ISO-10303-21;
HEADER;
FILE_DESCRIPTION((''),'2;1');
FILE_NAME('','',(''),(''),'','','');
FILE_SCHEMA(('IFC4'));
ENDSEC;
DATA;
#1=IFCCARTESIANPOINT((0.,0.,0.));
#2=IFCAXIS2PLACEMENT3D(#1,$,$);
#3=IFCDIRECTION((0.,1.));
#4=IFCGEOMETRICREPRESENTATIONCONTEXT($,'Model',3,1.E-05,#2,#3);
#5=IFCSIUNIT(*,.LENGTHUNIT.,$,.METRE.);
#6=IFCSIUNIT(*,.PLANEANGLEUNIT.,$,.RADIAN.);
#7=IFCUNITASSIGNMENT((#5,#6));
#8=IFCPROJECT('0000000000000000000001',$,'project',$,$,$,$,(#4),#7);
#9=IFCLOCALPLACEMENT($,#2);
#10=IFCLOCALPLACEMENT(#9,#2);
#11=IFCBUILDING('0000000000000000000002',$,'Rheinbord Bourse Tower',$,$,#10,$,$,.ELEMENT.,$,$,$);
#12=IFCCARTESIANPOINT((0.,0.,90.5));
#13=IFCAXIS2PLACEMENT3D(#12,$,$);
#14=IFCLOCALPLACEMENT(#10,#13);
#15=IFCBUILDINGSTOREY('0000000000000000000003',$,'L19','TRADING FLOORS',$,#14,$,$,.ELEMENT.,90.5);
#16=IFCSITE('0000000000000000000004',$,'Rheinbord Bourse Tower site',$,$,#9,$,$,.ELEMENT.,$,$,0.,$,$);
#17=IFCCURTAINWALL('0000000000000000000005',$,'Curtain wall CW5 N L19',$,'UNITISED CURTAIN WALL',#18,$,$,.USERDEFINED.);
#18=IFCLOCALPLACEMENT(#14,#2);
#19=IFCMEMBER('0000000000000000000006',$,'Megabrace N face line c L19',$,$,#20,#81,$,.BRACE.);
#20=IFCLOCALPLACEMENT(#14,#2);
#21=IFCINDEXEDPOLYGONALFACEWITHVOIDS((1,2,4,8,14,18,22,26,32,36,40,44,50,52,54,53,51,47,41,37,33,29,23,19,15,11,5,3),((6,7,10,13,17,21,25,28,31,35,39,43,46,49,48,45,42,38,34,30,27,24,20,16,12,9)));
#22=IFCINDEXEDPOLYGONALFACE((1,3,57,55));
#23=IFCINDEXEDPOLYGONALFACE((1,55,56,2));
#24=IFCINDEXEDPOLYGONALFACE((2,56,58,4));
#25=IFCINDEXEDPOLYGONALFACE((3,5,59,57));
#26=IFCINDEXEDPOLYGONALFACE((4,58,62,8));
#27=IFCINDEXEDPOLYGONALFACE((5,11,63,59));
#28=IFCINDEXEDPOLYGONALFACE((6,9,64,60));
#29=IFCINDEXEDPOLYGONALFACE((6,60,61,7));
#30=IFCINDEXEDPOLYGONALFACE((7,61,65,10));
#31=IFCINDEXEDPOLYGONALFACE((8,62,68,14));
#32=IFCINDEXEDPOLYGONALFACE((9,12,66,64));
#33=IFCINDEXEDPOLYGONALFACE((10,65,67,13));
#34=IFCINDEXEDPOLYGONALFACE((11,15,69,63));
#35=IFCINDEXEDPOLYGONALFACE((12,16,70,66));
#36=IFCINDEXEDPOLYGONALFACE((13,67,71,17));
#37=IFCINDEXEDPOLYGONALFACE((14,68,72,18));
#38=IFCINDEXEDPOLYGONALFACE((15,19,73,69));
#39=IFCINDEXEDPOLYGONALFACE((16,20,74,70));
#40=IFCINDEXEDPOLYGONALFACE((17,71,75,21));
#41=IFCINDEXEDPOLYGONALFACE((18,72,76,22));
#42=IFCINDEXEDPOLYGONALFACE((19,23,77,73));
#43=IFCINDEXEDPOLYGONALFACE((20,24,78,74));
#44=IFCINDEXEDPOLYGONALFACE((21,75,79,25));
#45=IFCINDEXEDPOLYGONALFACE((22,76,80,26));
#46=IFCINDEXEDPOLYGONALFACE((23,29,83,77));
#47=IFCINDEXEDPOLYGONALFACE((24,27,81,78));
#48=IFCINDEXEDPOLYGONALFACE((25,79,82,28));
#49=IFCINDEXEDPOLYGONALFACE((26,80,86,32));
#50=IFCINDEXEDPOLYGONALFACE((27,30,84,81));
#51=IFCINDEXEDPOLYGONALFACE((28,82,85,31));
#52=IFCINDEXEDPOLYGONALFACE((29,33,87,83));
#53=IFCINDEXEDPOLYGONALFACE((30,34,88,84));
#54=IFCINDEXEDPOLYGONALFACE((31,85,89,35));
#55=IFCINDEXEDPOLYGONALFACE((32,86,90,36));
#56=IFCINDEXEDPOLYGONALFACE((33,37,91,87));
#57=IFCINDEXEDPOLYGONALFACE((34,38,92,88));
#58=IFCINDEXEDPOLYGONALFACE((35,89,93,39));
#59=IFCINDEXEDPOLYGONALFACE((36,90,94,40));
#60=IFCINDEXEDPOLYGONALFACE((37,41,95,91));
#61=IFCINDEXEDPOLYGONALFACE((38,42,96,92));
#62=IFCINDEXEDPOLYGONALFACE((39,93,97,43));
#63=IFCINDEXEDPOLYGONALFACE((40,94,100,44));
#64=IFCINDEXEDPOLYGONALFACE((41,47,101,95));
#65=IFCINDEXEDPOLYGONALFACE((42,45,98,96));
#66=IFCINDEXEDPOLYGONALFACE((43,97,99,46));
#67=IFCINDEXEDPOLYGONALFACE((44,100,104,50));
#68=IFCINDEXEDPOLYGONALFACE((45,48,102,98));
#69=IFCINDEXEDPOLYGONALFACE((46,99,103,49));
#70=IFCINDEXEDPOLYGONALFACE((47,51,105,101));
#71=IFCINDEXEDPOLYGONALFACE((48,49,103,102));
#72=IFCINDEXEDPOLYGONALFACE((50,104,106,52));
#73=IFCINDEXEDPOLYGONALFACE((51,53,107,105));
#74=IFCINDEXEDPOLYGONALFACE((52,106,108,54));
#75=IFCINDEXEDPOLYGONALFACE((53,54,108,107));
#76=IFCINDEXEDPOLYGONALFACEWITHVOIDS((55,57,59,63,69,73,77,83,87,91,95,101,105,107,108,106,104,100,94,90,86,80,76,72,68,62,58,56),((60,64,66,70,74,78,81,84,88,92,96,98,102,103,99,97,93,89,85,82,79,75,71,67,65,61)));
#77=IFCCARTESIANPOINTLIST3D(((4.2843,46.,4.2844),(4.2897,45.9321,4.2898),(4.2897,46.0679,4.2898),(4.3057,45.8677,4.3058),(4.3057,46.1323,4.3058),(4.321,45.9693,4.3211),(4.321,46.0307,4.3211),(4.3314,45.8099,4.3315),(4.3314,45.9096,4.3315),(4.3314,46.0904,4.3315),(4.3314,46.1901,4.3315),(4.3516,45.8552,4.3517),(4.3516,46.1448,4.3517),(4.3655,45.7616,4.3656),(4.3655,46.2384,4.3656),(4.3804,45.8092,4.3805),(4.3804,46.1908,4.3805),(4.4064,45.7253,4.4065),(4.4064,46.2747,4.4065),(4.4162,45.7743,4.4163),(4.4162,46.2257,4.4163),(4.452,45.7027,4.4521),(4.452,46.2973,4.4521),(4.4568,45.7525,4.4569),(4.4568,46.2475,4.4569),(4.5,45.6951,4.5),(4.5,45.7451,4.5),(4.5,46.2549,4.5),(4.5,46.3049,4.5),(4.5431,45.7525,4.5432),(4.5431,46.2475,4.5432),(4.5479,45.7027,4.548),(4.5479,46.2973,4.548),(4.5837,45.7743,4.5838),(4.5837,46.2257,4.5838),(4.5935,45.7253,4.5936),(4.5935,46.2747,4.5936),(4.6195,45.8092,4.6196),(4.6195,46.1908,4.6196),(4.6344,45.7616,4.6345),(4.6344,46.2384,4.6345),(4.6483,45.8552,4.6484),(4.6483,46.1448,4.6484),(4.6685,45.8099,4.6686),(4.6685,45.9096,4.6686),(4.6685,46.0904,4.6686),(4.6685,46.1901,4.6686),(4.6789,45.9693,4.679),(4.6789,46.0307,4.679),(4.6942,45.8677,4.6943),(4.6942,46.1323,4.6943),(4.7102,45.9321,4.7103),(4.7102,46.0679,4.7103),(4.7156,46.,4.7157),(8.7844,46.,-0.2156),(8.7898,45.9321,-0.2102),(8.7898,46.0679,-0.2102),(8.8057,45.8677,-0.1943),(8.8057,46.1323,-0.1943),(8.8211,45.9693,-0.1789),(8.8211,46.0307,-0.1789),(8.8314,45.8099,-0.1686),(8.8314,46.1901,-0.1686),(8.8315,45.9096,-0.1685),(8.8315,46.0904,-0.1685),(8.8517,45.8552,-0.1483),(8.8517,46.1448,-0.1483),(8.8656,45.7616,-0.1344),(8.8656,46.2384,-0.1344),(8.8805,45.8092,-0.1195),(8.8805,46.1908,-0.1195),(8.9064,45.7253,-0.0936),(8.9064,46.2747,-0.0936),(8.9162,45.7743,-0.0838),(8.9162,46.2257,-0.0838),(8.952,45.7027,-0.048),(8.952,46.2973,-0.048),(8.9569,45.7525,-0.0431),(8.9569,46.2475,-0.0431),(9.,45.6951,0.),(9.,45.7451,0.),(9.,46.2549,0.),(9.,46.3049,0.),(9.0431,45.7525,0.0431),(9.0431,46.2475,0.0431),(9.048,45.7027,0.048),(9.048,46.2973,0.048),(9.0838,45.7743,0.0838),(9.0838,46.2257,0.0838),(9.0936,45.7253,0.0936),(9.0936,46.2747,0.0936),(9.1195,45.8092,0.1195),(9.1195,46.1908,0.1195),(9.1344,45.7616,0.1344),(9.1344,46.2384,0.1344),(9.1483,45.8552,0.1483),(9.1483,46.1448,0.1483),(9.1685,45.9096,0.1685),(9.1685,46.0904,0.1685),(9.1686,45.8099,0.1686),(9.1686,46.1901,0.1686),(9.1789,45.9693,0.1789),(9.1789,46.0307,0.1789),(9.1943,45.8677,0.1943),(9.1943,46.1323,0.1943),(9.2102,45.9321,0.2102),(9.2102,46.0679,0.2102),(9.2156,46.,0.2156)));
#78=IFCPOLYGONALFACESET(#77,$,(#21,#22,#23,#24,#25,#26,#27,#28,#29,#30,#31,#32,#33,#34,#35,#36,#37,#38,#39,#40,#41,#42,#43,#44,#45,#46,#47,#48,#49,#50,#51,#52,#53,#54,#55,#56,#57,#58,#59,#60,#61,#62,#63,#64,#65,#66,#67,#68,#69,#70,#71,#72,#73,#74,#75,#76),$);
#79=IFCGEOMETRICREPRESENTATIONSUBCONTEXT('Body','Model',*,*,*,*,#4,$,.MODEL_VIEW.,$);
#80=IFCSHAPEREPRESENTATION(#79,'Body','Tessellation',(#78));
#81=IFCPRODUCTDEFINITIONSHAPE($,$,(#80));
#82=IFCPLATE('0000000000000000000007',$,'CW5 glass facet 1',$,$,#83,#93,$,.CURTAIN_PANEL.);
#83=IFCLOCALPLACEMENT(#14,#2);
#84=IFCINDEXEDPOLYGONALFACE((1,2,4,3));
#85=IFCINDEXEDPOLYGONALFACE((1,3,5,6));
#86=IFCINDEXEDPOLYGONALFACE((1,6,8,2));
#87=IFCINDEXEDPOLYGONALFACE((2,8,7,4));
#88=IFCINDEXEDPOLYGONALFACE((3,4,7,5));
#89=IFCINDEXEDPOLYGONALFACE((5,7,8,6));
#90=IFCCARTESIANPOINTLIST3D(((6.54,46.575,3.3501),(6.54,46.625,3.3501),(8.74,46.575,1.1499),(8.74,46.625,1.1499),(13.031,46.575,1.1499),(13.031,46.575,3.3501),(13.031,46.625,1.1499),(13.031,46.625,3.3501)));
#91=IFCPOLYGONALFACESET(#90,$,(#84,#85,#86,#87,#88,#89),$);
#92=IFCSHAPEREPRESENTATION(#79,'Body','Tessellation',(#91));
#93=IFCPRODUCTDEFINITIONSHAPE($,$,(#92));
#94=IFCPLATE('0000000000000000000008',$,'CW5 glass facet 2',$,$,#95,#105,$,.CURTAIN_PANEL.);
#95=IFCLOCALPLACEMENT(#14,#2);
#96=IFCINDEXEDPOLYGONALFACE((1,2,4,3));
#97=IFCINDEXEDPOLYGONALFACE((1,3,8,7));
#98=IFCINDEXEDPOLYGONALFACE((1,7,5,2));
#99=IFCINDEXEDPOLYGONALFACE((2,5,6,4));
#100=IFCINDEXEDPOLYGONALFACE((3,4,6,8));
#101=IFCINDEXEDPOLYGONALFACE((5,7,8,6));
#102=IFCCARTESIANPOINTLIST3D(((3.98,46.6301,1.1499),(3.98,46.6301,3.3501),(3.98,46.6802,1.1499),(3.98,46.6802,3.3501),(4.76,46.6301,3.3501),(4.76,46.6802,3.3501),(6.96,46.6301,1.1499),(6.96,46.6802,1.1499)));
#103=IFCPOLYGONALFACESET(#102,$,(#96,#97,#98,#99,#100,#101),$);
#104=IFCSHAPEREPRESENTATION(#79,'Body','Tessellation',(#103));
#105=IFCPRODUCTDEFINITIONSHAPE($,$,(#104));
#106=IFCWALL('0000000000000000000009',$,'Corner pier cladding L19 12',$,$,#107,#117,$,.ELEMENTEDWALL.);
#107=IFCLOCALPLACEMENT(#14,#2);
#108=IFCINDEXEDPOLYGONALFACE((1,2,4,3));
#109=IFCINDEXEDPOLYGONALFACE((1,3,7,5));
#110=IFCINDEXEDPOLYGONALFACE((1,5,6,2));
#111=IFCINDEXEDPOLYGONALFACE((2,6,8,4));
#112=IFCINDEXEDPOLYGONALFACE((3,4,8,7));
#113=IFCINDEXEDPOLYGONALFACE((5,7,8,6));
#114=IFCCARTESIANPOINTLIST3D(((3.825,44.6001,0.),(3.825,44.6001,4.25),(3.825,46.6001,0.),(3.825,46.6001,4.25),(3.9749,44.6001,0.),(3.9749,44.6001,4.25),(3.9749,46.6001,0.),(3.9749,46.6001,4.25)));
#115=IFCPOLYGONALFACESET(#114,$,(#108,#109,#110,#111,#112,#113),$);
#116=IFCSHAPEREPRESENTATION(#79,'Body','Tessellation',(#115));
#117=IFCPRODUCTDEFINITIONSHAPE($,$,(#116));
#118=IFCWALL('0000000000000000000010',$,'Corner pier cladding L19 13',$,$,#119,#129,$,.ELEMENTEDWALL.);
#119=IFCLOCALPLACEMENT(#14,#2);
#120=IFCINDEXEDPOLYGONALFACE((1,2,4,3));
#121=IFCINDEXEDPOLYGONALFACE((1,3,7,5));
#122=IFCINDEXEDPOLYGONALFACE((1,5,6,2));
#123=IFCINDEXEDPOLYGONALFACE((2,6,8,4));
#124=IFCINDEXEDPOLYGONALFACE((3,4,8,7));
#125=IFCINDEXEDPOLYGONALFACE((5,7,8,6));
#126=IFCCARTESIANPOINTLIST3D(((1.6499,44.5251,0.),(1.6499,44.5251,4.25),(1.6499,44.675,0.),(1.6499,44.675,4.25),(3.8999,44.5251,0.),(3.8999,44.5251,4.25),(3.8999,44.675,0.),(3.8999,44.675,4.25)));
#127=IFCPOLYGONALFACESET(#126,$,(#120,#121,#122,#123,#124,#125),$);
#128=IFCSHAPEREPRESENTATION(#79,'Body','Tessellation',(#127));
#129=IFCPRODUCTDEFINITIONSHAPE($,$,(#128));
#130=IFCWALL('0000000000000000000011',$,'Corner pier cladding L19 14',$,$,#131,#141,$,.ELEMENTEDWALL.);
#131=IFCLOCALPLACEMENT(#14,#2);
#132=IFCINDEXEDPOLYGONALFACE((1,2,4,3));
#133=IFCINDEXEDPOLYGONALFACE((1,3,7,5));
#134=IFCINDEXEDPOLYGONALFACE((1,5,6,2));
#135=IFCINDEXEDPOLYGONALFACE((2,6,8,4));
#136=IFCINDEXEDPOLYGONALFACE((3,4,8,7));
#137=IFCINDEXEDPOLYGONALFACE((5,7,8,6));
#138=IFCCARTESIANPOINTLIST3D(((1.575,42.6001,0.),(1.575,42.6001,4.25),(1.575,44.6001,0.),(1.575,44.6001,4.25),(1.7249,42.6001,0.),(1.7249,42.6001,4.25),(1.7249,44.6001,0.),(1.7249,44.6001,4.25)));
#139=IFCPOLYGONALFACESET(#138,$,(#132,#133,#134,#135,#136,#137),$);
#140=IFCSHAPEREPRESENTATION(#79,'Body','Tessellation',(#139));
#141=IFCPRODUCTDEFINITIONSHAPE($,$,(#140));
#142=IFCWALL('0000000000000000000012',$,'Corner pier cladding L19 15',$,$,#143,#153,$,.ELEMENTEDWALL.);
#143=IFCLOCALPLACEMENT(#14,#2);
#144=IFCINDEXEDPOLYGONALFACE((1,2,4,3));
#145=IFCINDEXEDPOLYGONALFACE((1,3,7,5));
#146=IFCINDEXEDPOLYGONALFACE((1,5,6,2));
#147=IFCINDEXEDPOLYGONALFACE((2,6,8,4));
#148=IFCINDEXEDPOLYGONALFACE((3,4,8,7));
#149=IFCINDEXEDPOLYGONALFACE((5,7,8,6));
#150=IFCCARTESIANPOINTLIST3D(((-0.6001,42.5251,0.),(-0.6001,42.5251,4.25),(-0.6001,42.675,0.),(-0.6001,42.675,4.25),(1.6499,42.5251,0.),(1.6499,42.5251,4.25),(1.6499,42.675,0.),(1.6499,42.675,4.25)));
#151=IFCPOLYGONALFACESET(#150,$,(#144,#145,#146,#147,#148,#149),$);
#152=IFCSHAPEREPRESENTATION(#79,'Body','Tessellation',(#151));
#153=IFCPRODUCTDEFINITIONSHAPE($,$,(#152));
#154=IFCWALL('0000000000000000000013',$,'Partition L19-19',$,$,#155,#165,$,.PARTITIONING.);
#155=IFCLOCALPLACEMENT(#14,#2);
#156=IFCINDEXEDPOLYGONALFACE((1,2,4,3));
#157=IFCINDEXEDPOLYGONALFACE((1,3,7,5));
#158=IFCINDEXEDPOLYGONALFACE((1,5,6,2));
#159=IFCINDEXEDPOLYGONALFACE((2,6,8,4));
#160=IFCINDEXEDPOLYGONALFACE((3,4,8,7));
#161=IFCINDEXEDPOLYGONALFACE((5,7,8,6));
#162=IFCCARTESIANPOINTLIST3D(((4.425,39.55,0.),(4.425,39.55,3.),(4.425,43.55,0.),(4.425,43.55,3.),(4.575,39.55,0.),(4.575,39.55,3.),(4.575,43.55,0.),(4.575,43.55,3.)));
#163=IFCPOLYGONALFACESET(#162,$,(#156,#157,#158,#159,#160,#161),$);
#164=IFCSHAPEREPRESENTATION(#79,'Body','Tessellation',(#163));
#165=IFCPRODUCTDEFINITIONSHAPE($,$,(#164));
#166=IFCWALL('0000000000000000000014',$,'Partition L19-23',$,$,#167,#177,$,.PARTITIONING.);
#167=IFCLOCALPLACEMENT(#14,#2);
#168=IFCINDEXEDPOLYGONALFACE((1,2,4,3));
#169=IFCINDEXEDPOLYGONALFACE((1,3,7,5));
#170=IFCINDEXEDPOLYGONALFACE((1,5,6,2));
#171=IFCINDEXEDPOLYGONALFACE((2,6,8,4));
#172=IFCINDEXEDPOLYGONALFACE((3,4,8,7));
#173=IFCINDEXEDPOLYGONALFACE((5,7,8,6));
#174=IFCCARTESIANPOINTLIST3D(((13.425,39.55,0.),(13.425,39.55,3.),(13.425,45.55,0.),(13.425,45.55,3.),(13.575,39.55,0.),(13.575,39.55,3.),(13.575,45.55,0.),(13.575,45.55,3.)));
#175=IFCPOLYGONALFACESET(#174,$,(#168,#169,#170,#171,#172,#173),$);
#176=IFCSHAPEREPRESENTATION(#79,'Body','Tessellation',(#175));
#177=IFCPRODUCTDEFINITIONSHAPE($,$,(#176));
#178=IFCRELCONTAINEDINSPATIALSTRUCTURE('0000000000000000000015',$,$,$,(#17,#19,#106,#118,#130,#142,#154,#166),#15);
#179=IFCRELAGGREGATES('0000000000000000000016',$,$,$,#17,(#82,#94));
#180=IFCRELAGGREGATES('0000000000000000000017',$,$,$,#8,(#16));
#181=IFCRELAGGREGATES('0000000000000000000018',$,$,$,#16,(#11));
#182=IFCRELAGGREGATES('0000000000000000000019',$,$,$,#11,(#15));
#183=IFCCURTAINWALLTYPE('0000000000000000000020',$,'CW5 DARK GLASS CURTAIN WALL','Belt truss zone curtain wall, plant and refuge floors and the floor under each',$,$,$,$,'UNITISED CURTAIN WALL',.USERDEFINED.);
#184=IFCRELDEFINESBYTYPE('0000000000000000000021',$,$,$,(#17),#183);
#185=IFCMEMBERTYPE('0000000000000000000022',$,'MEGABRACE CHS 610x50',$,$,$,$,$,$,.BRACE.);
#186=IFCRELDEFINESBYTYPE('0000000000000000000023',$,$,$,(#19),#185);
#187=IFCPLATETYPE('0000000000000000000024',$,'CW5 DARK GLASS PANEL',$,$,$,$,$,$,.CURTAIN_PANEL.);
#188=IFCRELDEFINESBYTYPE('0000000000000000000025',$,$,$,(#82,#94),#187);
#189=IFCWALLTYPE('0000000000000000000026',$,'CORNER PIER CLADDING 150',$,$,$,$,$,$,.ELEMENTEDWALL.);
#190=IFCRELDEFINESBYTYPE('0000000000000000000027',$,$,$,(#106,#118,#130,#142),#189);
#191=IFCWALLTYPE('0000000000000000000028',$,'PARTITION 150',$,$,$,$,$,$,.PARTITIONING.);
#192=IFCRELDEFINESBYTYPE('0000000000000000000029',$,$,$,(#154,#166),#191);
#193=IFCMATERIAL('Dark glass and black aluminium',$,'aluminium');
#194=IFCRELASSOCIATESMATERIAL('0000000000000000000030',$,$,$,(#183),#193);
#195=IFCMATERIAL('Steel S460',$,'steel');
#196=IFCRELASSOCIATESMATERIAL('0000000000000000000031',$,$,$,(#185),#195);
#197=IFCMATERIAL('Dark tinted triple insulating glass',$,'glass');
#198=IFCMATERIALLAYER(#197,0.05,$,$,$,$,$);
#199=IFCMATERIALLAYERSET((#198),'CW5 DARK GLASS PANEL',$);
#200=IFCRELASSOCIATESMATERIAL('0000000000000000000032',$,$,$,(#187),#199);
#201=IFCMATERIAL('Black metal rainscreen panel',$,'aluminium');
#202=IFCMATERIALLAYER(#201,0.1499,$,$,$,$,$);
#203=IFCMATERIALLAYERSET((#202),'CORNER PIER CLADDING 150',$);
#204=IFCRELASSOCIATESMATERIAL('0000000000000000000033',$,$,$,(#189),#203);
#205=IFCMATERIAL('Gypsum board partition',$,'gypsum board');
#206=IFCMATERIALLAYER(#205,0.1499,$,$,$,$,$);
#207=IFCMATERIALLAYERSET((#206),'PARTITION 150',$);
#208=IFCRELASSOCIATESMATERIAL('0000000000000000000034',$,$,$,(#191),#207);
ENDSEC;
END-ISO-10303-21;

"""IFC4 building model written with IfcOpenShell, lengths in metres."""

from ifc_helpers import new_model, si_unit, direction, frame, frame_2d, origin, origin_2d, place, context, subcontext, project, spatial, polyline, rectangle, hollow_circle, outline, extrude, material, layer, layer_set, material_profile, profile_set, type_object, element, aggregate, save


model = new_model("IFC4")

# Units and contexts
model_context = context("Model", 3, precision=1e-05, world=origin(), true_north=direction((0.0, 1.0)))
body_context = subcontext(model_context, "Body", "Model", "MODEL_VIEW")
ifc_project = project(units=[si_unit("LENGTHUNIT", "METRE"), si_unit("PLANEANGLEUNIT", "RADIAN")], contexts=[model_context])

# Site, building, storey
site_placement = place(None, origin())
site = spatial("IfcSite", under=ifc_project, at=site_placement, Name="Rheinbord Bourse Tower site", CompositionType="ELEMENT", RefElevation=0.0)
building_placement = place(site_placement, origin())
building = spatial("IfcBuilding", under=site, at=building_placement, Name="Rheinbord Bourse Tower", CompositionType="ELEMENT")
storey_placement = place(building_placement, frame((0.0, 0.0, 90.5)))
storey = spatial("IfcBuildingStorey", under=building, at=storey_placement, Name="L19", Description="TRADING FLOORS", CompositionType="ELEMENT", Elevation=90.5)

# Curtain wall
ifc_material_1 = material(Name="Dark glass and black aluminium", Category="aluminium")
curtain_wall_type = type_object("IfcCurtainWallType", Name="CW5 DARK GLASS CURTAIN WALL", Description="Belt truss zone curtain wall, plant and refuge floors and the floor under each", ElementType="UNITISED CURTAIN WALL", PredefinedType="USERDEFINED", material=ifc_material_1)
curtain_wall_1_placement = place(storey_placement, origin())
curtain_wall_1 = element("IfcCurtainWall", 1, at=curtain_wall_1_placement, inside=storey, type_object=curtain_wall_type, Name="Curtain wall CW5 N L19", ObjectType="UNITISED CURTAIN WALL", PredefinedType="USERDEFINED")

# Member
ifc_material_2 = material(Name="Steel S460", Category="steel")
ifc_material_profile_1 = material_profile(ifc_material_2, hollow_circle(Radius=0.3049, WallThickness=0.05, at=origin_2d()), Name="CHS 610x50")
ifc_profile_set_1 = profile_set([ifc_material_profile_1], Name="Steel S460")
member_type_1 = type_object("IfcMemberType", Name="MEGABRACE CHS 610x50", PredefinedType="BRACE", material=ifc_profile_set_1)
member_1_placement = place(storey_placement, frame((9.0, 46.0, 0.0), z_axis=(-0.707107, 0.0, 0.707107), x_axis=(0.0, -1.0, 0.0)))
element("IfcMember", 2, at=member_1_placement, inside=storey, type_object=member_type_1, Name="Megabrace N face line c L19", PredefinedType="BRACE", context=body_context, shape_type="SweptSolid", body=[
    extrude(hollow_circle(Radius=0.3049, WallThickness=0.05, at=origin_2d()), origin(), (0.0, 0.0, 1.0), 6.364),
])

# Plates
ifc_material_3 = material(Name="Dark tinted triple insulating glass", Category="glass")
ifc_layer_1 = layer(ifc_material_3, 0.05)
ifc_layer_set_1 = layer_set([ifc_layer_1], Name="CW5 DARK GLASS PANEL")
plate_type = type_object("IfcPlateType", Name="CW5 DARK GLASS PANEL", PredefinedType="CURTAIN_PANEL", material=ifc_layer_set_1)
plate_1_placement = place(storey_placement, frame((13.031, 46.625, 1.1499), z_axis=(0.0, -1.0, 0.0), x_axis=(0.0, 0.0, 1.0)))
plate_1 = element("IfcPlate", 3, at=plate_1_placement, type_object=plate_type, Name="CW5 glass facet 1", PredefinedType="CURTAIN_PANEL", context=body_context, shape_type="SweptSolid", body=[
    extrude(outline(polyline([(0.0, 0.0), (2.2002, 0.0), (2.2002, 6.491), (0.0, 4.291), (0.0, 0.0)])), origin(), (0.0, 0.0, 1.0), 0.05),
])
plate_2_placement = place(storey_placement, frame((3.98, 46.6802, 3.3501), z_axis=(0.0, -1.0, 0.0), x_axis=(0.0, 0.0, -1.0)))
plate_2 = element("IfcPlate", 4, at=plate_2_placement, type_object=plate_type, Name="CW5 glass facet 2", PredefinedType="CURTAIN_PANEL", context=body_context, shape_type="SweptSolid", body=[
    extrude(outline(polyline([(0.0, 0.0), (2.2002, 0.0), (2.2002, 2.98), (0.0, 0.78), (0.0, 0.0)])), origin(), (0.0, 0.0, 1.0), 0.05),
])
aggregate(curtain_wall_1, [plate_1, plate_2])

# Walls
ifc_material_4 = material(Name="Black metal rainscreen panel", Category="aluminium")
ifc_layer_2 = layer(ifc_material_4, 0.1499)
ifc_layer_set_2 = layer_set([ifc_layer_2], Name="CORNER PIER CLADDING 150")
wall_type_1 = type_object("IfcWallType", Name="CORNER PIER CLADDING 150", PredefinedType="ELEMENTEDWALL", material=ifc_layer_set_2)
wall_1_placement = place(storey_placement, frame((3.8999, 46.6001, 0.0), z_axis=(0.0, 0.0, 1.0), x_axis=(0.0, -1.0, 0.0)))
element("IfcWall", 5, at=wall_1_placement, inside=storey, type_object=wall_type_1, Name="Corner pier cladding L19 12", PredefinedType="ELEMENTEDWALL", context=body_context, shape_type="SweptSolid", body=[
    extrude(rectangle(XDim=2.0, YDim=0.1499, at=frame_2d((1.0, 0.0))), origin(), (0.0, 0.0, 1.0), 4.25),
])
wall_2_placement = place(storey_placement, frame((3.8999, 44.6001, 0.0), z_axis=(0.0, 0.0, 1.0), x_axis=(-1.0, 0.0, 0.0)))
element("IfcWall", 6, at=wall_2_placement, inside=storey, type_object=wall_type_1, Name="Corner pier cladding L19 13", PredefinedType="ELEMENTEDWALL", context=body_context, shape_type="SweptSolid", body=[
    extrude(rectangle(XDim=2.25, YDim=0.1499, at=frame_2d((1.125, 0.0))), origin(), (0.0, 0.0, 1.0), 4.25),
])
wall_3_placement = place(storey_placement, frame((1.6499, 44.6001, 0.0), z_axis=(0.0, 0.0, 1.0), x_axis=(0.0, -1.0, 0.0)))
element("IfcWall", 7, at=wall_3_placement, inside=storey, type_object=wall_type_1, Name="Corner pier cladding L19 14", PredefinedType="ELEMENTEDWALL", context=body_context, shape_type="SweptSolid", body=[
    extrude(rectangle(XDim=2.0, YDim=0.1499, at=frame_2d((1.0, 0.0))), origin(), (0.0, 0.0, 1.0), 4.25),
])
wall_4_placement = place(storey_placement, frame((1.6499, 42.6001, 0.0), z_axis=(0.0, 0.0, 1.0), x_axis=(-1.0, 0.0, 0.0)))
element("IfcWall", 8, at=wall_4_placement, inside=storey, type_object=wall_type_1, Name="Corner pier cladding L19 15", PredefinedType="ELEMENTEDWALL", context=body_context, shape_type="SweptSolid", body=[
    extrude(rectangle(XDim=2.25, YDim=0.1499, at=frame_2d((1.125, 0.0))), origin(), (0.0, 0.0, 1.0), 4.25),
])
ifc_material_5 = material(Name="Gypsum board partition", Category="gypsum board")
ifc_layer_3 = layer(ifc_material_5, 0.1499)
ifc_layer_set_3 = layer_set([ifc_layer_3], Name="PARTITION 150")
wall_type_2 = type_object("IfcWallType", Name="PARTITION 150", PredefinedType="PARTITIONING", material=ifc_layer_set_3)
wall_5_placement = place(storey_placement, frame((4.5, 39.55, 0.0), z_axis=(0.0, 0.0, 1.0), x_axis=(0.0, 1.0, 0.0)))
element("IfcWall", 9, at=wall_5_placement, inside=storey, type_object=wall_type_2, Name="Partition L19-19", PredefinedType="PARTITIONING", context=body_context, shape_type="SweptSolid", body=[
    extrude(rectangle(XDim=4.0, YDim=0.1499, at=frame_2d((2.0, 0.0))), origin(), (0.0, 0.0, 1.0), 3.0),
])
wall_6_placement = place(storey_placement, frame((13.5, 39.55, 0.0), z_axis=(0.0, 0.0, 1.0), x_axis=(0.0, 1.0, 0.0)))
element("IfcWall", 10, at=wall_6_placement, inside=storey, type_object=wall_type_2, Name="Partition L19-23", PredefinedType="PARTITIONING", context=body_context, shape_type="SweptSolid", body=[
    extrude(rectangle(XDim=6.0, YDim=0.1499, at=frame_2d((3.0, 0.0))), origin(), (0.0, 0.0, 1.0), 3.0),
])

save(model, "model.ifc")
